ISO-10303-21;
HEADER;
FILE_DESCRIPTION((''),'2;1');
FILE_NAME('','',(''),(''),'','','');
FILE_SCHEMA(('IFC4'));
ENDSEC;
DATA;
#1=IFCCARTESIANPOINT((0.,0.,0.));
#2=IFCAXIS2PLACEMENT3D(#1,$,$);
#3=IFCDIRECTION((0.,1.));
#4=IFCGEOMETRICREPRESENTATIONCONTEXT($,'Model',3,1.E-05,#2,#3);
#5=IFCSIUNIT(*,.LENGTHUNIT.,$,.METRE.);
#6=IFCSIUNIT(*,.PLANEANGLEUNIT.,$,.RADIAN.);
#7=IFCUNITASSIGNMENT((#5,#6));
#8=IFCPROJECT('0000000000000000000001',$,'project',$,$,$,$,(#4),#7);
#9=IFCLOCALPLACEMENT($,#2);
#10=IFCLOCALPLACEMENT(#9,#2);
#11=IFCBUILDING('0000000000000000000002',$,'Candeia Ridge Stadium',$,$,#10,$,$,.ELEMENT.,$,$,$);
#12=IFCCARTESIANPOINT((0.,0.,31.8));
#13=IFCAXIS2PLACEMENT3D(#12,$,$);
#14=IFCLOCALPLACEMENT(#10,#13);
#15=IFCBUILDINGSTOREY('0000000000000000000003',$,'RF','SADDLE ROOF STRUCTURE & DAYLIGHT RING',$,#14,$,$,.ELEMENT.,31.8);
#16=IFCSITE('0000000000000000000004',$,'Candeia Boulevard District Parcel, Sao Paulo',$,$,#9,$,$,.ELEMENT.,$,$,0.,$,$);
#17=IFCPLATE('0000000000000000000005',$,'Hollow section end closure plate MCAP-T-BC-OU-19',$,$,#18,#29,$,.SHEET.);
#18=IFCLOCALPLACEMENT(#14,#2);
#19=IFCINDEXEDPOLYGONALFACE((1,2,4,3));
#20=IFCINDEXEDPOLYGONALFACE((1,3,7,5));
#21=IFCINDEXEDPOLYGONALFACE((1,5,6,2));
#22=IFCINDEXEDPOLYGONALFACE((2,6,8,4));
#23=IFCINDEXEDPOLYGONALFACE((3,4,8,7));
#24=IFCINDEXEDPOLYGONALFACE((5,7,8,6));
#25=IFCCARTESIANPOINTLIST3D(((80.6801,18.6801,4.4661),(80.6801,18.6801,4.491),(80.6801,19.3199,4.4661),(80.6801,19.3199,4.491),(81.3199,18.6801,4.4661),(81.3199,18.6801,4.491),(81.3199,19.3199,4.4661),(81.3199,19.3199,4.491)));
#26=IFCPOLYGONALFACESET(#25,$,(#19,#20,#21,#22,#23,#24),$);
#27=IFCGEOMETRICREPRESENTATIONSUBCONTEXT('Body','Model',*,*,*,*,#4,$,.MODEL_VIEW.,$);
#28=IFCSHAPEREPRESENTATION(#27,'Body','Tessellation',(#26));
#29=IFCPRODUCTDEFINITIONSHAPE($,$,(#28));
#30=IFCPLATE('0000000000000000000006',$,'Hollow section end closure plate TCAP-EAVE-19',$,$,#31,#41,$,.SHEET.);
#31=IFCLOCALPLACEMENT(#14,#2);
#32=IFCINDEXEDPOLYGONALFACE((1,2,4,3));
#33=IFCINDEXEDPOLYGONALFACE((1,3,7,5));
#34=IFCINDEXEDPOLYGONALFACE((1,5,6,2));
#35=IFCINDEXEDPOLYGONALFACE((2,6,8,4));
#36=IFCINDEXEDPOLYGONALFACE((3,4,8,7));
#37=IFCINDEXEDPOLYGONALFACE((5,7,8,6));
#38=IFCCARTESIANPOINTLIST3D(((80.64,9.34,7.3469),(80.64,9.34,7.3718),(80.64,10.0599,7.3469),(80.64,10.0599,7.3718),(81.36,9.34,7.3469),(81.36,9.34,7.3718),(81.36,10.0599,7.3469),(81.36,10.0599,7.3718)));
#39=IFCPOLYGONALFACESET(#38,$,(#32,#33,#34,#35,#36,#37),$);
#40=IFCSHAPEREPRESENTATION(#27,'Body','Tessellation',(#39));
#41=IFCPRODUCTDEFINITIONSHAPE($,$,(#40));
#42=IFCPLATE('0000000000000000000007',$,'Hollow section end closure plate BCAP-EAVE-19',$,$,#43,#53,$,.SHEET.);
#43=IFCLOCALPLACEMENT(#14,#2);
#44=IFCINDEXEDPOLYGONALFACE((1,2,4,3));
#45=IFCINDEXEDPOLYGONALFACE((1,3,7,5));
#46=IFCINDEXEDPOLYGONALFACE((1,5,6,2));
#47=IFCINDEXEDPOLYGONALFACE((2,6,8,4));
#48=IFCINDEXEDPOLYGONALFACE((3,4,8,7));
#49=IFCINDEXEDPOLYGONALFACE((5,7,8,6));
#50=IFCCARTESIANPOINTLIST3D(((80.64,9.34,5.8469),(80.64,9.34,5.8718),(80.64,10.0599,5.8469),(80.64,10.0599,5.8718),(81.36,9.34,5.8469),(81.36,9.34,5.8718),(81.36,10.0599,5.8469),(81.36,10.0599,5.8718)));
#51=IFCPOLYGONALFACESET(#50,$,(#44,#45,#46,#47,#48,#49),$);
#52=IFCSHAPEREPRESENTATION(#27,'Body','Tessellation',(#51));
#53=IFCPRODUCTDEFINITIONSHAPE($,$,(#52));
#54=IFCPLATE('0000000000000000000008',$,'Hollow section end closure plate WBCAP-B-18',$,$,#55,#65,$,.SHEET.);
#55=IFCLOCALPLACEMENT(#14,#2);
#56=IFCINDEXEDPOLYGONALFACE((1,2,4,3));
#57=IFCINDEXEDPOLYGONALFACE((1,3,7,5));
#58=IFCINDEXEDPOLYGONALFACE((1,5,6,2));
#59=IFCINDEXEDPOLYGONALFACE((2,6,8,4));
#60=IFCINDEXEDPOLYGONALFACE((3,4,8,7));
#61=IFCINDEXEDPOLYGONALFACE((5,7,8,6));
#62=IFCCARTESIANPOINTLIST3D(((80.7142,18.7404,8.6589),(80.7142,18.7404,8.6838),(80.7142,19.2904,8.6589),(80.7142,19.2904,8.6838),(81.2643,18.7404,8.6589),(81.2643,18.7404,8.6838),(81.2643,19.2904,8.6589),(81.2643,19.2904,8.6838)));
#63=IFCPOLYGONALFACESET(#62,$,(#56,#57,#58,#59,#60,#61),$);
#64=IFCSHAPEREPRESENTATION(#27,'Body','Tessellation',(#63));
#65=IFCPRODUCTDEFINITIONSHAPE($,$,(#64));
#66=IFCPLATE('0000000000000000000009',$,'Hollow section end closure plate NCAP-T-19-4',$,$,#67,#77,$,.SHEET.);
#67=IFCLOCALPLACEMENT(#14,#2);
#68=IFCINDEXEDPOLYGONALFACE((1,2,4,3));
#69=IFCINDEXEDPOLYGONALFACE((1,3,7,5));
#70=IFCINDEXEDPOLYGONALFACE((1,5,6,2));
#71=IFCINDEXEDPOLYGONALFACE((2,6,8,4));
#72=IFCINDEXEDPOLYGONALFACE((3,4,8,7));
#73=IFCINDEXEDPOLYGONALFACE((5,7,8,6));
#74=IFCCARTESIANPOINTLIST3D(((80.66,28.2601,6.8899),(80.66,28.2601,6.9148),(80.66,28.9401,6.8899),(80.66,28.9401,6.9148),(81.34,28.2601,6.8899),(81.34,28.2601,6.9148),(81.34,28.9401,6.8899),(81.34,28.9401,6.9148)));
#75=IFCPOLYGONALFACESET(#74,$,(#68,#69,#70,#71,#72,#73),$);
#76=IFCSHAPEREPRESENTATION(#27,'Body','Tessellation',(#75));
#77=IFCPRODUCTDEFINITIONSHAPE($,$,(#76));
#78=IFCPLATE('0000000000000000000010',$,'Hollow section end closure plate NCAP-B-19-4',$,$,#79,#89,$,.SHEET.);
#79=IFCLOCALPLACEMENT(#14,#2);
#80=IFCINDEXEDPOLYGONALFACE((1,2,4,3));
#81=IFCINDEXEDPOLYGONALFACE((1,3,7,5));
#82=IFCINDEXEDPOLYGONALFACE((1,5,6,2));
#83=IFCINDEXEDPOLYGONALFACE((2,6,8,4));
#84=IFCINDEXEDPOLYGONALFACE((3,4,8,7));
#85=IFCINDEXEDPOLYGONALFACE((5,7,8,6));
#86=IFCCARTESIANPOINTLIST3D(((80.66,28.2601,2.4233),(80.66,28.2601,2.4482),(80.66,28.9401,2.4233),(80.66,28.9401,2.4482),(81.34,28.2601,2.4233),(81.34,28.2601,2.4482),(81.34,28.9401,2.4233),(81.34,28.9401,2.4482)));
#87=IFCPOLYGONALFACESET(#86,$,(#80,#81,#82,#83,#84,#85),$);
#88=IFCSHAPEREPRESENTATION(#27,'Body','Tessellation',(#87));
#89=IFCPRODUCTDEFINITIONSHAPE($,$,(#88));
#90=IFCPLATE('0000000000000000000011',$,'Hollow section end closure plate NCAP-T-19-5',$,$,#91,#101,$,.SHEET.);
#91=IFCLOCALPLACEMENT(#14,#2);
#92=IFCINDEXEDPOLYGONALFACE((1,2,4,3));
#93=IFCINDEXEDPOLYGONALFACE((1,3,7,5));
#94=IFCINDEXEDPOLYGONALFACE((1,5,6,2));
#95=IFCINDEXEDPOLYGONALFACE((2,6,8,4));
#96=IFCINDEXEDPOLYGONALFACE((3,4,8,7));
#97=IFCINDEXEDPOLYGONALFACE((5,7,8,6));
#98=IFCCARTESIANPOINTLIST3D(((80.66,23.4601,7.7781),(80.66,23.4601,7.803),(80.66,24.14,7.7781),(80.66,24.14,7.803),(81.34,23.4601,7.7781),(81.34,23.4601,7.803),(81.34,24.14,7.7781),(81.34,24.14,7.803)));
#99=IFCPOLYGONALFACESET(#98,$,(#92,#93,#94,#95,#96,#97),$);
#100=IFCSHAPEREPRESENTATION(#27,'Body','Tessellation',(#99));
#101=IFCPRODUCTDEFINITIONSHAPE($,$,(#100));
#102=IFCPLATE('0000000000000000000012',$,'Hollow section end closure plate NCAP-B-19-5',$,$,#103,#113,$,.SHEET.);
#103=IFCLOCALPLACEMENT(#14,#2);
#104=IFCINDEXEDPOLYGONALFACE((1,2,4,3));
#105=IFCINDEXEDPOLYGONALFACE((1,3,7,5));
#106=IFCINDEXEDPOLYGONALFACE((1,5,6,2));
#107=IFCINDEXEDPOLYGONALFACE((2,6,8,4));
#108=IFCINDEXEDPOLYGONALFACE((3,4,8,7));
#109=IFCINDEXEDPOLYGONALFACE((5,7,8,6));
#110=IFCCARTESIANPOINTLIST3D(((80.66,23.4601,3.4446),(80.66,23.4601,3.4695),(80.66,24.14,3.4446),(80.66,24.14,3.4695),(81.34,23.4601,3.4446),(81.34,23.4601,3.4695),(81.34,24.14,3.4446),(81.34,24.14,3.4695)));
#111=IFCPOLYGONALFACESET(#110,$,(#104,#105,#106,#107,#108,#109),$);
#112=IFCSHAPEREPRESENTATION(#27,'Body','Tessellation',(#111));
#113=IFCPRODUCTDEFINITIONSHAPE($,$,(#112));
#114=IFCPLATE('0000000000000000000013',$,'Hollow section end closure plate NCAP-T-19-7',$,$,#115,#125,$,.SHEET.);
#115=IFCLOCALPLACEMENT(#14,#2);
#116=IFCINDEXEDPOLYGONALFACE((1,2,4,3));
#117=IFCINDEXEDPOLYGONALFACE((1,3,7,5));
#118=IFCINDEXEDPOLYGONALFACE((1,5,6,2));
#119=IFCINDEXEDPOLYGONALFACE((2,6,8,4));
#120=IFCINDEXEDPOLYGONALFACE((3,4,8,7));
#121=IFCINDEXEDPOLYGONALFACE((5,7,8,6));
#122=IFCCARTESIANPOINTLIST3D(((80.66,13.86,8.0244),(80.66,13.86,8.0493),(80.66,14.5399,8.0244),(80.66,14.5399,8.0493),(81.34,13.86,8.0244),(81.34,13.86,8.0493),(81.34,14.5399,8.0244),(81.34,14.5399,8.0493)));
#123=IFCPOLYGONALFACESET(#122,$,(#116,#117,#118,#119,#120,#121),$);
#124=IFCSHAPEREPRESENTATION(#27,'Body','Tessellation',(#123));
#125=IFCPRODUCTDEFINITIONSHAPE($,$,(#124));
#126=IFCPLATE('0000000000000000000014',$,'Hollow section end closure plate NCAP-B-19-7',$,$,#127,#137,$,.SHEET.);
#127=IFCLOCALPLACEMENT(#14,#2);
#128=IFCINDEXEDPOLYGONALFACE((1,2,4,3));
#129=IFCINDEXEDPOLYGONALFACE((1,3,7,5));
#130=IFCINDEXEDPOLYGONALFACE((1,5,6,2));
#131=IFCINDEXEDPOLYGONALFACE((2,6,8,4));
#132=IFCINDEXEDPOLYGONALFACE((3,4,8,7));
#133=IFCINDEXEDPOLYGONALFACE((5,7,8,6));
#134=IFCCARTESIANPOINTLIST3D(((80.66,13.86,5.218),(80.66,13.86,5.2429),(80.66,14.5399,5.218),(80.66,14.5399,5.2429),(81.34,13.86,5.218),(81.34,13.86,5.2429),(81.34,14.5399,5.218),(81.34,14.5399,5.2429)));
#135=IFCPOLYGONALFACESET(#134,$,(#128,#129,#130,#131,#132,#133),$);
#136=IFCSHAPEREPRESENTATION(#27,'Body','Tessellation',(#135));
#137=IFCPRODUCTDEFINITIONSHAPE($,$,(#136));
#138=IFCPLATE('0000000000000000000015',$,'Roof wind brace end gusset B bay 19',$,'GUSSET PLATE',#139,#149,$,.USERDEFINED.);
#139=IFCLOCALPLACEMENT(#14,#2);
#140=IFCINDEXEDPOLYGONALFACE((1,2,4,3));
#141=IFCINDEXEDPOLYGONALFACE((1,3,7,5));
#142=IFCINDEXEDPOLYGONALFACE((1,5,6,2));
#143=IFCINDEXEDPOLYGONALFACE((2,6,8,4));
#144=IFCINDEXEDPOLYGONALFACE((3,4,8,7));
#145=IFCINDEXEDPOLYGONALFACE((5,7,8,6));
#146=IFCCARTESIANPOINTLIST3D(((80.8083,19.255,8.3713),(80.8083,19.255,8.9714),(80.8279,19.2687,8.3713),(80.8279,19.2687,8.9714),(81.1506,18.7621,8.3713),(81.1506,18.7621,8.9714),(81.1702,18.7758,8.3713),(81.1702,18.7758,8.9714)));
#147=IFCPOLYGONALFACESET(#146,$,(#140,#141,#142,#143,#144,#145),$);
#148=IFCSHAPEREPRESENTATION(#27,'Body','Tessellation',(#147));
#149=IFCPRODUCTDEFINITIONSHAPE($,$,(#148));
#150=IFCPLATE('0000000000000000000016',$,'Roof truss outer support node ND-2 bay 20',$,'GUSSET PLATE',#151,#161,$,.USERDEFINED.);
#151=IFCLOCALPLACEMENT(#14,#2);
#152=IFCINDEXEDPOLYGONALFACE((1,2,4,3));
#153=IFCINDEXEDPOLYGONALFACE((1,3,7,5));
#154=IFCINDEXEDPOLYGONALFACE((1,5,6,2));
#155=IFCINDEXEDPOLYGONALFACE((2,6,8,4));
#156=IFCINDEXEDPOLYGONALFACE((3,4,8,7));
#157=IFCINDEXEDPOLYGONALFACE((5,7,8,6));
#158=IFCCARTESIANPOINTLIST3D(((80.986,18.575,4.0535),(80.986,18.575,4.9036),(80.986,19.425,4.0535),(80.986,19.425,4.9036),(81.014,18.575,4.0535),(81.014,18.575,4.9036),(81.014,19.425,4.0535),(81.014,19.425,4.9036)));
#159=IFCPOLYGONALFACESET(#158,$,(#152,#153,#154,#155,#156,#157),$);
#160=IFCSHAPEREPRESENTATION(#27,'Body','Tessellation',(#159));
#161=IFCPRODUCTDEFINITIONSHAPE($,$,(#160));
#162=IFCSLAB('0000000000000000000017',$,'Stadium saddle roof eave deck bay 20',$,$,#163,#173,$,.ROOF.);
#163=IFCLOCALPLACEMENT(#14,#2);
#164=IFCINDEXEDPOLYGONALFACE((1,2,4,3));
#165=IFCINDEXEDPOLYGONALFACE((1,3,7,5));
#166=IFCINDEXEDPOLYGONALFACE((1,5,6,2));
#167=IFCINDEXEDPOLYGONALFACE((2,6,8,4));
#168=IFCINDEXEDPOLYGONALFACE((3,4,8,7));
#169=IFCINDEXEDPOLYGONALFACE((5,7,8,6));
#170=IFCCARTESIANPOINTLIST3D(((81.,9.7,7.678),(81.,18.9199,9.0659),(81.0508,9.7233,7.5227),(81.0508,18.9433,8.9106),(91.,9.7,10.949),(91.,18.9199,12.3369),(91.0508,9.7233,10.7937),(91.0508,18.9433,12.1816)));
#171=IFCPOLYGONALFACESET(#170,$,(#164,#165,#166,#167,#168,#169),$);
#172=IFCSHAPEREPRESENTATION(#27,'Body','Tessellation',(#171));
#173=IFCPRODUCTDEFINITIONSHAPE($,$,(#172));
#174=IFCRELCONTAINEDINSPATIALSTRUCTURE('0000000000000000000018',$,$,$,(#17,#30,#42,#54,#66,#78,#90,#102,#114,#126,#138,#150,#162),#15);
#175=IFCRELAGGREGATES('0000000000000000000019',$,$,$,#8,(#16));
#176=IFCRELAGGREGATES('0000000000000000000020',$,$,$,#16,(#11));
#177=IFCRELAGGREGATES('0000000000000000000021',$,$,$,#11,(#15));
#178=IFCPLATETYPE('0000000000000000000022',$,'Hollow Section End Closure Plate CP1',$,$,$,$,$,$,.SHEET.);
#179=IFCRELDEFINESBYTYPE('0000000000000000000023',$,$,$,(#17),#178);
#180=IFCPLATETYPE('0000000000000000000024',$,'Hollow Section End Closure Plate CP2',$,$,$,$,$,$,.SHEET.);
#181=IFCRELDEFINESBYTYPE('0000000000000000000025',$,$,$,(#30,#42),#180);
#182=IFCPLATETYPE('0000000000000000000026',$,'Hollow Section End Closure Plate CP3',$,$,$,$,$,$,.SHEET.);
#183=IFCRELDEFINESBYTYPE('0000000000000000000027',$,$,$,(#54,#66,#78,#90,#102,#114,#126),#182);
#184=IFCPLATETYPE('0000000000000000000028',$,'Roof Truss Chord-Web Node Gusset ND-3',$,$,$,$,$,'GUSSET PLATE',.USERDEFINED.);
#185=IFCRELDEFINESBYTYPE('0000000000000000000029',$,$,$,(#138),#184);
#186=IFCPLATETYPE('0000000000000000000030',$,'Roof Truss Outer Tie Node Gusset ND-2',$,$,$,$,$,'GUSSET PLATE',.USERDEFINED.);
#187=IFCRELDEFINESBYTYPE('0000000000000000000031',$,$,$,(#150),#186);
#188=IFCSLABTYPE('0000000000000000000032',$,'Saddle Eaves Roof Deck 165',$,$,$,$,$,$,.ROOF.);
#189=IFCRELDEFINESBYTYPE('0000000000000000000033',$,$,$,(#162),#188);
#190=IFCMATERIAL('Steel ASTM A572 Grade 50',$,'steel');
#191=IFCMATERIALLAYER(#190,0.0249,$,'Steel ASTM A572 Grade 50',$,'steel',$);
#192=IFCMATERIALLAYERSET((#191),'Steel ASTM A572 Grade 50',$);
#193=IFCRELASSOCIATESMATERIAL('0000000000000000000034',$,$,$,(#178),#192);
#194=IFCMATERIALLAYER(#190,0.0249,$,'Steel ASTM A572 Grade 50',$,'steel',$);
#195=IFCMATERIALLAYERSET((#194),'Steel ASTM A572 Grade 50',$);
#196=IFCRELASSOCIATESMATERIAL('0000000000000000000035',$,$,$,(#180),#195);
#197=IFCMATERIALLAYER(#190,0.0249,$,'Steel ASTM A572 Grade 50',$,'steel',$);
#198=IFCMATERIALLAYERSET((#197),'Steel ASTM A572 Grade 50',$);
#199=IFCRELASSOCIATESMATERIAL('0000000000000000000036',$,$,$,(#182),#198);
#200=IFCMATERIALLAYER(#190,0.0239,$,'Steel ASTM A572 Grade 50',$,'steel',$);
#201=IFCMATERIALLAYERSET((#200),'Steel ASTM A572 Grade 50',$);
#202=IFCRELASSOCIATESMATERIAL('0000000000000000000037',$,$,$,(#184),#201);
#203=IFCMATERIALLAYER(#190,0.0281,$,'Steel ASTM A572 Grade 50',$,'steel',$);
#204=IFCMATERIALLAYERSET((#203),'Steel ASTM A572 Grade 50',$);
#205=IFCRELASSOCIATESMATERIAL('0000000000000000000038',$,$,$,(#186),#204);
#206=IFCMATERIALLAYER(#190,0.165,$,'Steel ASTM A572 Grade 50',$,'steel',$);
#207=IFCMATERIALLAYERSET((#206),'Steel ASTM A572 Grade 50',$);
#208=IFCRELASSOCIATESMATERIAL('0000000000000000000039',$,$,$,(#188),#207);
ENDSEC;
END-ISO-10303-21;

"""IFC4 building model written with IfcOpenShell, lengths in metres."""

from ifc_helpers import new_model, si_unit, direction, frame, origin, origin_2d, place, context, subcontext, project, spatial, polyline, rectangle, outline, extrude, material, layer, layer_set, type_object, element, save


model = new_model("IFC4")

# Units and contexts
model_context = context("Model", 3, precision=1e-05, world=origin(), true_north=direction((0.0, 1.0)))
body_context = subcontext(model_context, "Body", "Model", "MODEL_VIEW")
ifc_project = project(units=[si_unit("LENGTHUNIT", "METRE"), si_unit("PLANEANGLEUNIT", "RADIAN")], contexts=[model_context])

# Site, building, storey
site_placement = place(None, origin())
site = spatial("IfcSite", under=ifc_project, at=site_placement, Name="Candeia Boulevard District Parcel, Sao Paulo", CompositionType="ELEMENT", RefElevation=0.0)
building_placement = place(site_placement, origin())
building = spatial("IfcBuilding", under=site, at=building_placement, Name="Candeia Ridge Stadium", CompositionType="ELEMENT")
storey_placement = place(building_placement, frame((0.0, 0.0, 31.8)))
storey = spatial("IfcBuildingStorey", under=building, at=storey_placement, Name="RF", Description="SADDLE ROOF STRUCTURE & DAYLIGHT RING", CompositionType="ELEMENT", Elevation=31.8)

# Shared definitions
ifc_material_1 = material(Name="Steel ASTM A572 Grade 50", Category="steel")

# Plates
ifc_layer_1 = layer(ifc_material_1, 0.0249, Name="Steel ASTM A572 Grade 50", Category="steel")
ifc_layer_set_1 = layer_set([ifc_layer_1], Name="Steel ASTM A572 Grade 50")
plate_type_1 = type_object("IfcPlateType", Name="Hollow Section End Closure Plate CP1", PredefinedType="SHEET", material=ifc_layer_set_1)
plate_1_placement = place(storey_placement, frame((81.0, 19.0, 4.4661), z_axis=(0.0, 0.0, 1.0), x_axis=(1.0, 0.0, 0.0)))
element("IfcPlate", 1, at=plate_1_placement, inside=storey, type_object=plate_type_1, Name="Hollow section end closure plate MCAP-T-BC-OU-19", PredefinedType="SHEET", context=body_context, shape_type="SweptSolid", body=[
    extrude(rectangle(XDim=0.6399, YDim=0.6399, at=origin_2d()), origin(), (0.0, 0.0, 1.0), 0.0249),
])
ifc_layer_2 = layer(ifc_material_1, 0.0249, Name="Steel ASTM A572 Grade 50", Category="steel")
ifc_layer_set_2 = layer_set([ifc_layer_2], Name="Steel ASTM A572 Grade 50")
plate_type_2 = type_object("IfcPlateType", Name="Hollow Section End Closure Plate CP2", PredefinedType="SHEET", material=ifc_layer_set_2)
for number, where, z_axis, x_axis, name in (
    (2, (81.0, 9.7, 7.3469), (0.0, 0.0, 1.0), (1.0, 0.0, 0.0), "Hollow section end closure plate TCAP-EAVE-19"),
    (3, (81.0, 9.7, 5.8469), (0.0, 0.0, 1.0), (1.0, 0.0, 0.0), "Hollow section end closure plate BCAP-EAVE-19"),
):
    element("IfcPlate", number, at=place(storey_placement, frame(where, z_axis=z_axis, x_axis=x_axis)), inside=storey, type_object=plate_type_2, Name=name, PredefinedType="SHEET", context=body_context, shape_type="SweptSolid", body=[
        extrude(rectangle(XDim=0.72, YDim=0.72, at=origin_2d()), origin(), (0.0, 0.0, 1.0), 0.0249),
    ])
ifc_layer_3 = layer(ifc_material_1, 0.0249, Name="Steel ASTM A572 Grade 50", Category="steel")
ifc_layer_set_3 = layer_set([ifc_layer_3], Name="Steel ASTM A572 Grade 50")
plate_type_3 = type_object("IfcPlateType", Name="Hollow Section End Closure Plate CP3", PredefinedType="SHEET", material=ifc_layer_set_3)
plate_2_placement = place(storey_placement, frame((80.9893, 19.0154, 8.6589), z_axis=(0.0, 0.0, 1.0), x_axis=(1.0, 0.0, 0.0)))
element("IfcPlate", 4, at=plate_2_placement, inside=storey, type_object=plate_type_3, Name="Hollow section end closure plate WBCAP-B-18", PredefinedType="SHEET", context=body_context, shape_type="SweptSolid", body=[
    extrude(rectangle(XDim=0.55, YDim=0.55, at=origin_2d()), origin(), (0.0, 0.0, 1.0), 0.0249),
])
for number, where, z_axis, x_axis, name in (
    (5, (81.0, 28.6001, 6.8899), (0.0, 0.0, 1.0), (1.0, 0.0, 0.0), "Hollow section end closure plate NCAP-T-19-4"),
    (6, (81.0, 28.6001, 2.4233), (0.0, 0.0, 1.0), (1.0, 0.0, 0.0), "Hollow section end closure plate NCAP-B-19-4"),
    (7, (81.0, 23.8, 7.7781), (0.0, 0.0, 1.0), (1.0, 0.0, 0.0), "Hollow section end closure plate NCAP-T-19-5"),
    (8, (81.0, 23.8, 3.4446), (0.0, 0.0, 1.0), (1.0, 0.0, 0.0), "Hollow section end closure plate NCAP-B-19-5"),
    (9, (81.0, 14.2, 8.0244), (0.0, 0.0, 1.0), (1.0, 0.0, 0.0), "Hollow section end closure plate NCAP-T-19-7"),
    (10, (81.0, 14.2, 5.218), (0.0, 0.0, 1.0), (1.0, 0.0, 0.0), "Hollow section end closure plate NCAP-B-19-7"),
):
    element("IfcPlate", number, at=place(storey_placement, frame(where, z_axis=z_axis, x_axis=x_axis)), inside=storey, type_object=plate_type_3, Name=name, PredefinedType="SHEET", context=body_context, shape_type="SweptSolid", body=[
        extrude(rectangle(XDim=0.6799, YDim=0.6799, at=origin_2d()), origin(), (0.0, 0.0, 1.0), 0.0249),
    ])
ifc_layer_4 = layer(ifc_material_1, 0.0239, Name="Steel ASTM A572 Grade 50", Category="steel")
ifc_layer_set_4 = layer_set([ifc_layer_4], Name="Steel ASTM A572 Grade 50")
plate_type_4 = type_object("IfcPlateType", Name="Roof Truss Chord-Web Node Gusset ND-3", ElementType="GUSSET PLATE", PredefinedType="USERDEFINED", material=ifc_layer_set_4)
plate_3_placement = place(storey_placement, frame((80.9893, 19.0154, 8.3713), z_axis=(0.0, 0.0, 1.0), x_axis=(0.570395, -0.82137, 0.0)))
element("IfcPlate", 11, at=plate_3_placement, inside=storey, type_object=plate_type_4, Name="Roof wind brace end gusset B bay 19", ObjectType="GUSSET PLATE", PredefinedType="USERDEFINED", context=body_context, shape_type="SweptSolid", body=[
    extrude(rectangle(XDim=0.6001, YDim=0.0239, at=origin_2d()), origin(), (0.0, 0.0, 1.0), 0.6001),
])
ifc_layer_5 = layer(ifc_material_1, 0.0281, Name="Steel ASTM A572 Grade 50", Category="steel")
ifc_layer_set_5 = layer_set([ifc_layer_5], Name="Steel ASTM A572 Grade 50")
plate_type_5 = type_object("IfcPlateType", Name="Roof Truss Outer Tie Node Gusset ND-2", ElementType="GUSSET PLATE", PredefinedType="USERDEFINED", material=ifc_layer_set_5)
plate_4_placement = place(storey_placement, frame((81.0, 19.0, 4.0535), z_axis=(0.0, 0.0, 1.0), x_axis=(0.0, -1.0, 0.0)))
element("IfcPlate", 12, at=plate_4_placement, inside=storey, type_object=plate_type_5, Name="Roof truss outer support node ND-2 bay 20", ObjectType="GUSSET PLATE", PredefinedType="USERDEFINED", context=body_context, shape_type="SweptSolid", body=[
    extrude(rectangle(XDim=0.8501, YDim=0.0281, at=origin_2d()), origin(), (0.0, 0.0, 1.0), 0.8501),
])

# Slab
ifc_layer_6 = layer(ifc_material_1, 0.165, Name="Steel ASTM A572 Grade 50", Category="steel")
ifc_layer_set_6 = layer_set([ifc_layer_6], Name="Steel ASTM A572 Grade 50")
slab_type = type_object("IfcSlabType", Name="Saddle Eaves Roof Deck 165", PredefinedType="ROOF", material=ifc_layer_set_6)
slab_placement = place(storey_placement, frame((81.0, 18.9199, 9.0659), z_axis=(-0.307756, -0.141634, 0.940864), x_axis=(0.950446, 0.0, 0.31089)))
element("IfcSlab", 13, at=slab_placement, inside=storey, type_object=slab_type, Name="Stadium saddle roof eave deck bay 20", PredefinedType="ROOF", context=body_context, shape_type="SweptSolid", body=[
    extrude(outline(polyline([(0.0, 0.0), (10.5214, 0.0), (10.0899, -9.3139), (-0.4315, -9.3139), (0.0, 0.0)])), origin(), (0.0, 0.0, -1.0), 0.165),
])

save(model, "model.ifc")
